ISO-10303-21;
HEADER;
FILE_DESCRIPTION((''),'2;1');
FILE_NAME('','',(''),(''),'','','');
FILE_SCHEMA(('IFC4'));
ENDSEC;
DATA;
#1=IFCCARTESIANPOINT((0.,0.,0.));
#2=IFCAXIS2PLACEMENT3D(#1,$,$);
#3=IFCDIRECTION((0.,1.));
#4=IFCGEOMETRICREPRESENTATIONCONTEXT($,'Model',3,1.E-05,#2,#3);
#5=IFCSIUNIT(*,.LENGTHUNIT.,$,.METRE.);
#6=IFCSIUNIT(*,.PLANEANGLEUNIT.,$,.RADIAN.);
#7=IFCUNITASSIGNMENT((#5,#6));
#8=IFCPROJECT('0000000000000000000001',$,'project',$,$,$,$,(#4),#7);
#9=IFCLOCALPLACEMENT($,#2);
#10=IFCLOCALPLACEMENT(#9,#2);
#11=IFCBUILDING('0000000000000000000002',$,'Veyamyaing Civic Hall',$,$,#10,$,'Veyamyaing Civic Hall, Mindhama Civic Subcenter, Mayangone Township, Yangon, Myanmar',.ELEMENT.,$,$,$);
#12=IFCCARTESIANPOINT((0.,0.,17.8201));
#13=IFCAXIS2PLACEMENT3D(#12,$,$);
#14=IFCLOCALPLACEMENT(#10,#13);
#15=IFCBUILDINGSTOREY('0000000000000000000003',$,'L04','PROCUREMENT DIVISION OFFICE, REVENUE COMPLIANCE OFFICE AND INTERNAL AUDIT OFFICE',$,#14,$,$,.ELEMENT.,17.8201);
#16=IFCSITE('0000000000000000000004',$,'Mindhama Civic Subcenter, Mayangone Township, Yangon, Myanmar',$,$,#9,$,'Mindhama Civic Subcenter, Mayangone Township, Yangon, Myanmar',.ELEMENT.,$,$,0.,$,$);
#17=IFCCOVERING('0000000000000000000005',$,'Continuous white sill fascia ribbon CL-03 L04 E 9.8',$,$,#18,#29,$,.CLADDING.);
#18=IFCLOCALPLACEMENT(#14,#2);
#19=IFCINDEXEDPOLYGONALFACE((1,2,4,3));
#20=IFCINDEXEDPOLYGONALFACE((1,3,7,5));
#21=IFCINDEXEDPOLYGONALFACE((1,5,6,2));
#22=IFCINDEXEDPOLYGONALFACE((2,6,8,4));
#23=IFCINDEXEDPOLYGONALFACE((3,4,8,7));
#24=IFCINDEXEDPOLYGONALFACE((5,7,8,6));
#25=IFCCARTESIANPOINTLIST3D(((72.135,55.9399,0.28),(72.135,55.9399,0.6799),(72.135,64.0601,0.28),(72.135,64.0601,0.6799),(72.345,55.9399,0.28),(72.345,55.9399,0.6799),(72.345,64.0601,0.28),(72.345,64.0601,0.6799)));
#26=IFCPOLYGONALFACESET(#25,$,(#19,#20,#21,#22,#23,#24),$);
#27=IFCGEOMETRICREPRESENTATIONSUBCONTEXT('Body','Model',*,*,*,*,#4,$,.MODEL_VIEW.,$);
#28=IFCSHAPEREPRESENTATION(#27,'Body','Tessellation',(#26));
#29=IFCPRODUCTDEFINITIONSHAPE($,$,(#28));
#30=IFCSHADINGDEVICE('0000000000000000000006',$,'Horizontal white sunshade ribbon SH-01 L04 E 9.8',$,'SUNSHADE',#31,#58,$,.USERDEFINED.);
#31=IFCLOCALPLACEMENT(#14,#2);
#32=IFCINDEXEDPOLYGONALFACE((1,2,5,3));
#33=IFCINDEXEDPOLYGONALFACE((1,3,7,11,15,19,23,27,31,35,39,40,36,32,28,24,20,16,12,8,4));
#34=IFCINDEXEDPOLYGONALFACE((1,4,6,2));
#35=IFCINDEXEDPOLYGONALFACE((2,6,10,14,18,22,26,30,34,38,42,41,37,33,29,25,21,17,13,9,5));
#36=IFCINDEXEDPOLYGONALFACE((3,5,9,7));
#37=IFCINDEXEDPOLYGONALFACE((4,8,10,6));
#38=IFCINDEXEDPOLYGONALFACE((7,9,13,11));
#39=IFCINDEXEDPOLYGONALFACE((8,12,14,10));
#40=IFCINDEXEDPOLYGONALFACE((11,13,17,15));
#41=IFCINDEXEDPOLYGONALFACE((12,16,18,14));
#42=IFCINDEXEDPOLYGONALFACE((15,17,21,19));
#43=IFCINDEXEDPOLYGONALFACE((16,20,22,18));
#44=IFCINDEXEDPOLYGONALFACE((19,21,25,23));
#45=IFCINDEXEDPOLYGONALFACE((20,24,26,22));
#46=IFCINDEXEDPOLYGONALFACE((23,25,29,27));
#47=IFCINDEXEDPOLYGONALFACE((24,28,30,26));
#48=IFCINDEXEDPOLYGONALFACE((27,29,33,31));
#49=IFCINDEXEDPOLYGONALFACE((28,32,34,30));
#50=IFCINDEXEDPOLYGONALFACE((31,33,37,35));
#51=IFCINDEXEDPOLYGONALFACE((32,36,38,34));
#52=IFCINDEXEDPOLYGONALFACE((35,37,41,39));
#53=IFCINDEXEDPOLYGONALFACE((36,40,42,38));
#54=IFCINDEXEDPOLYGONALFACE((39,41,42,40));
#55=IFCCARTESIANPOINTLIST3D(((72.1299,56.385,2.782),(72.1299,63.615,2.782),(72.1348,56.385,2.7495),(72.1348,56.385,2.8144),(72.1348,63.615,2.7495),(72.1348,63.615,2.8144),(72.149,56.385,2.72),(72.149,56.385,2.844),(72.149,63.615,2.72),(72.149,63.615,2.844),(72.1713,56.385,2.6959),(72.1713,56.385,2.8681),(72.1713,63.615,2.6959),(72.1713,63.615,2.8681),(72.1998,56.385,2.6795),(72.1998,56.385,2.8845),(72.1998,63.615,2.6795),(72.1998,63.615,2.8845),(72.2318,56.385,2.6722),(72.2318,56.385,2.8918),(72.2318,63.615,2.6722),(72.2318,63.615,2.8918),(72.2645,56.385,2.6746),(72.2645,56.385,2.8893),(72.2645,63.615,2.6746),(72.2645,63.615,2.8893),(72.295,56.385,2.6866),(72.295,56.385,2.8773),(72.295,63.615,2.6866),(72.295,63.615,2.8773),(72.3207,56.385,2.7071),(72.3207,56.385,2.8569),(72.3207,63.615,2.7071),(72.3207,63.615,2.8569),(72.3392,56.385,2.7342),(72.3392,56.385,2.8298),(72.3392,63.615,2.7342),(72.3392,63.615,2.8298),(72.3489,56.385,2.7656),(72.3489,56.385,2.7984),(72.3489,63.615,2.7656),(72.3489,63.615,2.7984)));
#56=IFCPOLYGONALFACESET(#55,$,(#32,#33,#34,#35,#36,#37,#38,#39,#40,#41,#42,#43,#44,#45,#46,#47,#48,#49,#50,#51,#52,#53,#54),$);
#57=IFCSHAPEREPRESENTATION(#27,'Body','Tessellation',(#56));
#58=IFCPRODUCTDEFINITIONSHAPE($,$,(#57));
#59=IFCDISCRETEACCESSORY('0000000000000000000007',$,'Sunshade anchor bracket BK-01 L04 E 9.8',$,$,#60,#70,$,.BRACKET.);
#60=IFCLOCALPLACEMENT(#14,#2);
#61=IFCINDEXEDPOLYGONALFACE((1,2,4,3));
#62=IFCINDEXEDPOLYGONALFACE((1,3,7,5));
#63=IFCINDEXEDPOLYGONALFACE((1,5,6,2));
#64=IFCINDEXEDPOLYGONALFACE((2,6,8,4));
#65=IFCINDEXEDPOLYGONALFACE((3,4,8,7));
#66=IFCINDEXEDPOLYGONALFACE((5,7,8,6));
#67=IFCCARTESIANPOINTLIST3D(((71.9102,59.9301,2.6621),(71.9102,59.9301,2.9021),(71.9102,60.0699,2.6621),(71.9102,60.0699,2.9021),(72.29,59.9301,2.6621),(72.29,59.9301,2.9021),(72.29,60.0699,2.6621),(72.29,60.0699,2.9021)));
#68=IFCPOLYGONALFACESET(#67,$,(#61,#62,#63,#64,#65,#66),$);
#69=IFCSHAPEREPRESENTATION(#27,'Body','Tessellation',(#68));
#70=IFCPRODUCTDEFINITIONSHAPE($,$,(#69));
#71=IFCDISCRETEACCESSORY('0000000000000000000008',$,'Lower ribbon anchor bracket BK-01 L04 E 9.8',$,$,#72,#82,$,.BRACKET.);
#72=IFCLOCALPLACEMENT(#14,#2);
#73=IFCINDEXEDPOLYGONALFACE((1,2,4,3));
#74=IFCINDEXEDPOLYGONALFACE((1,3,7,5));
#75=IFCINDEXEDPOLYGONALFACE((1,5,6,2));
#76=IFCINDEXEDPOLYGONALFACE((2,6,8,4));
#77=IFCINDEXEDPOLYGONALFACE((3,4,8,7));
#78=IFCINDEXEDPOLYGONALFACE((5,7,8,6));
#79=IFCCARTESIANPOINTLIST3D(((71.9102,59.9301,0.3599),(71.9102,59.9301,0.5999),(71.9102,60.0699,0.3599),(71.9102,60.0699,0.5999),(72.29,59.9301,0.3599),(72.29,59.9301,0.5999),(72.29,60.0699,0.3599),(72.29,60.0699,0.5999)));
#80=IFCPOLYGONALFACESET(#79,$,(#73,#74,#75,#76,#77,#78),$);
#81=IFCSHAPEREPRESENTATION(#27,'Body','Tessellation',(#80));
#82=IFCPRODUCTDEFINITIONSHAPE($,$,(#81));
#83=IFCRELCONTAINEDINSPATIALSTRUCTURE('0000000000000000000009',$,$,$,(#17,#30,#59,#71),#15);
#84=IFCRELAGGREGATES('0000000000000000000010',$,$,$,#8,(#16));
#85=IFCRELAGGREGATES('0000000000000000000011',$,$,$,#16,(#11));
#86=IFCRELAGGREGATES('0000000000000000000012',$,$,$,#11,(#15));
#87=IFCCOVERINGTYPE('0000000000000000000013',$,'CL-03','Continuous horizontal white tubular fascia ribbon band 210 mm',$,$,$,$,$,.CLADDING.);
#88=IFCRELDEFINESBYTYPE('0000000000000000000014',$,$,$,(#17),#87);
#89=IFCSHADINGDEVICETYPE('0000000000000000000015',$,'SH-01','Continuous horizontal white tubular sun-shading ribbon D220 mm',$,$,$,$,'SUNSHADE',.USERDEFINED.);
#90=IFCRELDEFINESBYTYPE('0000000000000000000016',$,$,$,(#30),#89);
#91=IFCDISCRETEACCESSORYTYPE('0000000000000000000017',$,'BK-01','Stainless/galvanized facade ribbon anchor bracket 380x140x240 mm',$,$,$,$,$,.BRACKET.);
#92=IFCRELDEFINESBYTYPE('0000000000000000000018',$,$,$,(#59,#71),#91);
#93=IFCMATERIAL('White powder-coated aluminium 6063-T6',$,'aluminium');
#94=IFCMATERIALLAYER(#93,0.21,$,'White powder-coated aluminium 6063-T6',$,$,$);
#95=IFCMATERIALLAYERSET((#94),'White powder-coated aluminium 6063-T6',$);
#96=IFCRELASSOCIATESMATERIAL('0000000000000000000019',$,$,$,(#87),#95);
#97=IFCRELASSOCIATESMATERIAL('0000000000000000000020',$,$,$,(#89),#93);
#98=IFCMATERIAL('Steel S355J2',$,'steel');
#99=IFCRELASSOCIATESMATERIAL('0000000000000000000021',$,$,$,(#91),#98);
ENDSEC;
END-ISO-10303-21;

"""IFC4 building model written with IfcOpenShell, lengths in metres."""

from ifc_helpers import new_model, si_unit, direction, frame, origin, origin_2d, place, context, subcontext, project, spatial, rectangle, circle, extrude, material, layer, layer_set, material_profile, profile_set, type_object, element, save


model = new_model("IFC4")

# Units and contexts
model_context = context("Model", 3, precision=1e-05, world=origin(), true_north=direction((0.0, 1.0)))
body_context = subcontext(model_context, "Body", "Model", "MODEL_VIEW")
ifc_project = project(units=[si_unit("LENGTHUNIT", "METRE"), si_unit("PLANEANGLEUNIT", "RADIAN")], contexts=[model_context])

# Site, building, storey
site_placement = place(None, origin())
site = spatial("IfcSite", under=ifc_project, at=site_placement, Name="Mindhama Civic Subcenter, Mayangone Township, Yangon, Myanmar", LongName="Mindhama Civic Subcenter, Mayangone Township, Yangon, Myanmar", CompositionType="ELEMENT", RefElevation=0.0)
building_placement = place(site_placement, origin())
building = spatial("IfcBuilding", under=site, at=building_placement, Name="Veyamyaing Civic Hall", LongName="Veyamyaing Civic Hall, Mindhama Civic Subcenter, Mayangone Township, Yangon, Myanmar", CompositionType="ELEMENT")
storey_placement = place(building_placement, frame((0.0, 0.0, 17.8201)))
storey = spatial("IfcBuildingStorey", under=building, at=storey_placement, Name="L04", Description="PROCUREMENT DIVISION OFFICE, REVENUE COMPLIANCE OFFICE AND INTERNAL AUDIT OFFICE", CompositionType="ELEMENT", Elevation=17.8201)

# Covering
ifc_material_1 = material(Name="White powder-coated aluminium 6063-T6", Category="aluminium")
ifc_layer_1 = layer(ifc_material_1, 0.21, Name="White powder-coated aluminium 6063-T6")
ifc_layer_set_1 = layer_set([ifc_layer_1], Name="White powder-coated aluminium 6063-T6")
covering_type = type_object("IfcCoveringType", Name="CL-03", Description="Continuous horizontal white tubular fascia ribbon band 210 mm", PredefinedType="CLADDING", material=ifc_layer_set_1)
for number, where, z_axis, x_axis, name in (
    (1, (72.24, 60.0, 0.28), (0.0, 0.0, 1.0), (0.0, 1.0, 0.0), "Continuous white sill fascia ribbon CL-03 L04 E 9.8"),
):
    element("IfcCovering", number, at=place(storey_placement, frame(where, z_axis=z_axis, x_axis=x_axis)), inside=storey, type_object=covering_type, Name=name, PredefinedType="CLADDING", context=body_context, shape_type="SweptSolid", body=[
        extrude(rectangle(XDim=8.1201, YDim=0.21, at=origin_2d()), origin(), (0.0, 0.0, 1.0), 0.3999),
    ])

# Shading device
ifc_material_profile_1 = material_profile(ifc_material_1, circle(Radius=0.1101, at=origin_2d()), Name="SHADE-TUBE-220")
ifc_profile_set_1 = profile_set([ifc_material_profile_1], Name="White powder-coated aluminium 6063-T6")
shading_device_type = type_object("IfcShadingDeviceType", Name="SH-01", Description="Continuous horizontal white tubular sun-shading ribbon D220 mm", ElementType="SUNSHADE", PredefinedType="USERDEFINED", material=ifc_profile_set_1)
shading_device_placement = place(storey_placement, frame((72.24, 56.385, 2.782), z_axis=(0.0, 1.0, 0.0), x_axis=(-1.0, 0.0, 0.0)))
element("IfcShadingDevice", 2, at=shading_device_placement, inside=storey, type_object=shading_device_type, Name="Horizontal white sunshade ribbon SH-01 L04 E 9.8", ObjectType="SUNSHADE", PredefinedType="USERDEFINED", context=body_context, shape_type="SweptSolid", body=[
    extrude(circle(Radius=0.1101, at=origin_2d()), origin(), (0.0, 0.0, 1.0), 7.23),
])

# Discrete accessories
ifc_material_2 = material(Name="Steel S355J2", Category="steel")
discrete_accessory_type = type_object("IfcDiscreteAccessoryType", Name="BK-01", Description="Stainless/galvanized facade ribbon anchor bracket 380x140x240 mm", PredefinedType="BRACKET", material=ifc_material_2)
for number, where, z_axis, x_axis, name in (
    (3, (72.1001, 60.0, 2.6621), (0.0, 0.0, 1.0), (1.0, 0.0, 0.0), "Sunshade anchor bracket BK-01 L04 E 9.8"),
    (4, (72.1001, 60.0, 0.3599), (0.0, 0.0, 1.0), (1.0, 0.0, 0.0), "Lower ribbon anchor bracket BK-01 L04 E 9.8"),
):
    element("IfcDiscreteAccessory", number, at=place(storey_placement, frame(where, z_axis=z_axis, x_axis=x_axis)), inside=storey, type_object=discrete_accessory_type, Name=name, PredefinedType="BRACKET", context=body_context, shape_type="SweptSolid", body=[
        extrude(rectangle(XDim=0.3799, YDim=0.1399, at=origin_2d()), origin(), (0.0, 0.0, 1.0), 0.24),
    ])

save(model, "model.ifc")
